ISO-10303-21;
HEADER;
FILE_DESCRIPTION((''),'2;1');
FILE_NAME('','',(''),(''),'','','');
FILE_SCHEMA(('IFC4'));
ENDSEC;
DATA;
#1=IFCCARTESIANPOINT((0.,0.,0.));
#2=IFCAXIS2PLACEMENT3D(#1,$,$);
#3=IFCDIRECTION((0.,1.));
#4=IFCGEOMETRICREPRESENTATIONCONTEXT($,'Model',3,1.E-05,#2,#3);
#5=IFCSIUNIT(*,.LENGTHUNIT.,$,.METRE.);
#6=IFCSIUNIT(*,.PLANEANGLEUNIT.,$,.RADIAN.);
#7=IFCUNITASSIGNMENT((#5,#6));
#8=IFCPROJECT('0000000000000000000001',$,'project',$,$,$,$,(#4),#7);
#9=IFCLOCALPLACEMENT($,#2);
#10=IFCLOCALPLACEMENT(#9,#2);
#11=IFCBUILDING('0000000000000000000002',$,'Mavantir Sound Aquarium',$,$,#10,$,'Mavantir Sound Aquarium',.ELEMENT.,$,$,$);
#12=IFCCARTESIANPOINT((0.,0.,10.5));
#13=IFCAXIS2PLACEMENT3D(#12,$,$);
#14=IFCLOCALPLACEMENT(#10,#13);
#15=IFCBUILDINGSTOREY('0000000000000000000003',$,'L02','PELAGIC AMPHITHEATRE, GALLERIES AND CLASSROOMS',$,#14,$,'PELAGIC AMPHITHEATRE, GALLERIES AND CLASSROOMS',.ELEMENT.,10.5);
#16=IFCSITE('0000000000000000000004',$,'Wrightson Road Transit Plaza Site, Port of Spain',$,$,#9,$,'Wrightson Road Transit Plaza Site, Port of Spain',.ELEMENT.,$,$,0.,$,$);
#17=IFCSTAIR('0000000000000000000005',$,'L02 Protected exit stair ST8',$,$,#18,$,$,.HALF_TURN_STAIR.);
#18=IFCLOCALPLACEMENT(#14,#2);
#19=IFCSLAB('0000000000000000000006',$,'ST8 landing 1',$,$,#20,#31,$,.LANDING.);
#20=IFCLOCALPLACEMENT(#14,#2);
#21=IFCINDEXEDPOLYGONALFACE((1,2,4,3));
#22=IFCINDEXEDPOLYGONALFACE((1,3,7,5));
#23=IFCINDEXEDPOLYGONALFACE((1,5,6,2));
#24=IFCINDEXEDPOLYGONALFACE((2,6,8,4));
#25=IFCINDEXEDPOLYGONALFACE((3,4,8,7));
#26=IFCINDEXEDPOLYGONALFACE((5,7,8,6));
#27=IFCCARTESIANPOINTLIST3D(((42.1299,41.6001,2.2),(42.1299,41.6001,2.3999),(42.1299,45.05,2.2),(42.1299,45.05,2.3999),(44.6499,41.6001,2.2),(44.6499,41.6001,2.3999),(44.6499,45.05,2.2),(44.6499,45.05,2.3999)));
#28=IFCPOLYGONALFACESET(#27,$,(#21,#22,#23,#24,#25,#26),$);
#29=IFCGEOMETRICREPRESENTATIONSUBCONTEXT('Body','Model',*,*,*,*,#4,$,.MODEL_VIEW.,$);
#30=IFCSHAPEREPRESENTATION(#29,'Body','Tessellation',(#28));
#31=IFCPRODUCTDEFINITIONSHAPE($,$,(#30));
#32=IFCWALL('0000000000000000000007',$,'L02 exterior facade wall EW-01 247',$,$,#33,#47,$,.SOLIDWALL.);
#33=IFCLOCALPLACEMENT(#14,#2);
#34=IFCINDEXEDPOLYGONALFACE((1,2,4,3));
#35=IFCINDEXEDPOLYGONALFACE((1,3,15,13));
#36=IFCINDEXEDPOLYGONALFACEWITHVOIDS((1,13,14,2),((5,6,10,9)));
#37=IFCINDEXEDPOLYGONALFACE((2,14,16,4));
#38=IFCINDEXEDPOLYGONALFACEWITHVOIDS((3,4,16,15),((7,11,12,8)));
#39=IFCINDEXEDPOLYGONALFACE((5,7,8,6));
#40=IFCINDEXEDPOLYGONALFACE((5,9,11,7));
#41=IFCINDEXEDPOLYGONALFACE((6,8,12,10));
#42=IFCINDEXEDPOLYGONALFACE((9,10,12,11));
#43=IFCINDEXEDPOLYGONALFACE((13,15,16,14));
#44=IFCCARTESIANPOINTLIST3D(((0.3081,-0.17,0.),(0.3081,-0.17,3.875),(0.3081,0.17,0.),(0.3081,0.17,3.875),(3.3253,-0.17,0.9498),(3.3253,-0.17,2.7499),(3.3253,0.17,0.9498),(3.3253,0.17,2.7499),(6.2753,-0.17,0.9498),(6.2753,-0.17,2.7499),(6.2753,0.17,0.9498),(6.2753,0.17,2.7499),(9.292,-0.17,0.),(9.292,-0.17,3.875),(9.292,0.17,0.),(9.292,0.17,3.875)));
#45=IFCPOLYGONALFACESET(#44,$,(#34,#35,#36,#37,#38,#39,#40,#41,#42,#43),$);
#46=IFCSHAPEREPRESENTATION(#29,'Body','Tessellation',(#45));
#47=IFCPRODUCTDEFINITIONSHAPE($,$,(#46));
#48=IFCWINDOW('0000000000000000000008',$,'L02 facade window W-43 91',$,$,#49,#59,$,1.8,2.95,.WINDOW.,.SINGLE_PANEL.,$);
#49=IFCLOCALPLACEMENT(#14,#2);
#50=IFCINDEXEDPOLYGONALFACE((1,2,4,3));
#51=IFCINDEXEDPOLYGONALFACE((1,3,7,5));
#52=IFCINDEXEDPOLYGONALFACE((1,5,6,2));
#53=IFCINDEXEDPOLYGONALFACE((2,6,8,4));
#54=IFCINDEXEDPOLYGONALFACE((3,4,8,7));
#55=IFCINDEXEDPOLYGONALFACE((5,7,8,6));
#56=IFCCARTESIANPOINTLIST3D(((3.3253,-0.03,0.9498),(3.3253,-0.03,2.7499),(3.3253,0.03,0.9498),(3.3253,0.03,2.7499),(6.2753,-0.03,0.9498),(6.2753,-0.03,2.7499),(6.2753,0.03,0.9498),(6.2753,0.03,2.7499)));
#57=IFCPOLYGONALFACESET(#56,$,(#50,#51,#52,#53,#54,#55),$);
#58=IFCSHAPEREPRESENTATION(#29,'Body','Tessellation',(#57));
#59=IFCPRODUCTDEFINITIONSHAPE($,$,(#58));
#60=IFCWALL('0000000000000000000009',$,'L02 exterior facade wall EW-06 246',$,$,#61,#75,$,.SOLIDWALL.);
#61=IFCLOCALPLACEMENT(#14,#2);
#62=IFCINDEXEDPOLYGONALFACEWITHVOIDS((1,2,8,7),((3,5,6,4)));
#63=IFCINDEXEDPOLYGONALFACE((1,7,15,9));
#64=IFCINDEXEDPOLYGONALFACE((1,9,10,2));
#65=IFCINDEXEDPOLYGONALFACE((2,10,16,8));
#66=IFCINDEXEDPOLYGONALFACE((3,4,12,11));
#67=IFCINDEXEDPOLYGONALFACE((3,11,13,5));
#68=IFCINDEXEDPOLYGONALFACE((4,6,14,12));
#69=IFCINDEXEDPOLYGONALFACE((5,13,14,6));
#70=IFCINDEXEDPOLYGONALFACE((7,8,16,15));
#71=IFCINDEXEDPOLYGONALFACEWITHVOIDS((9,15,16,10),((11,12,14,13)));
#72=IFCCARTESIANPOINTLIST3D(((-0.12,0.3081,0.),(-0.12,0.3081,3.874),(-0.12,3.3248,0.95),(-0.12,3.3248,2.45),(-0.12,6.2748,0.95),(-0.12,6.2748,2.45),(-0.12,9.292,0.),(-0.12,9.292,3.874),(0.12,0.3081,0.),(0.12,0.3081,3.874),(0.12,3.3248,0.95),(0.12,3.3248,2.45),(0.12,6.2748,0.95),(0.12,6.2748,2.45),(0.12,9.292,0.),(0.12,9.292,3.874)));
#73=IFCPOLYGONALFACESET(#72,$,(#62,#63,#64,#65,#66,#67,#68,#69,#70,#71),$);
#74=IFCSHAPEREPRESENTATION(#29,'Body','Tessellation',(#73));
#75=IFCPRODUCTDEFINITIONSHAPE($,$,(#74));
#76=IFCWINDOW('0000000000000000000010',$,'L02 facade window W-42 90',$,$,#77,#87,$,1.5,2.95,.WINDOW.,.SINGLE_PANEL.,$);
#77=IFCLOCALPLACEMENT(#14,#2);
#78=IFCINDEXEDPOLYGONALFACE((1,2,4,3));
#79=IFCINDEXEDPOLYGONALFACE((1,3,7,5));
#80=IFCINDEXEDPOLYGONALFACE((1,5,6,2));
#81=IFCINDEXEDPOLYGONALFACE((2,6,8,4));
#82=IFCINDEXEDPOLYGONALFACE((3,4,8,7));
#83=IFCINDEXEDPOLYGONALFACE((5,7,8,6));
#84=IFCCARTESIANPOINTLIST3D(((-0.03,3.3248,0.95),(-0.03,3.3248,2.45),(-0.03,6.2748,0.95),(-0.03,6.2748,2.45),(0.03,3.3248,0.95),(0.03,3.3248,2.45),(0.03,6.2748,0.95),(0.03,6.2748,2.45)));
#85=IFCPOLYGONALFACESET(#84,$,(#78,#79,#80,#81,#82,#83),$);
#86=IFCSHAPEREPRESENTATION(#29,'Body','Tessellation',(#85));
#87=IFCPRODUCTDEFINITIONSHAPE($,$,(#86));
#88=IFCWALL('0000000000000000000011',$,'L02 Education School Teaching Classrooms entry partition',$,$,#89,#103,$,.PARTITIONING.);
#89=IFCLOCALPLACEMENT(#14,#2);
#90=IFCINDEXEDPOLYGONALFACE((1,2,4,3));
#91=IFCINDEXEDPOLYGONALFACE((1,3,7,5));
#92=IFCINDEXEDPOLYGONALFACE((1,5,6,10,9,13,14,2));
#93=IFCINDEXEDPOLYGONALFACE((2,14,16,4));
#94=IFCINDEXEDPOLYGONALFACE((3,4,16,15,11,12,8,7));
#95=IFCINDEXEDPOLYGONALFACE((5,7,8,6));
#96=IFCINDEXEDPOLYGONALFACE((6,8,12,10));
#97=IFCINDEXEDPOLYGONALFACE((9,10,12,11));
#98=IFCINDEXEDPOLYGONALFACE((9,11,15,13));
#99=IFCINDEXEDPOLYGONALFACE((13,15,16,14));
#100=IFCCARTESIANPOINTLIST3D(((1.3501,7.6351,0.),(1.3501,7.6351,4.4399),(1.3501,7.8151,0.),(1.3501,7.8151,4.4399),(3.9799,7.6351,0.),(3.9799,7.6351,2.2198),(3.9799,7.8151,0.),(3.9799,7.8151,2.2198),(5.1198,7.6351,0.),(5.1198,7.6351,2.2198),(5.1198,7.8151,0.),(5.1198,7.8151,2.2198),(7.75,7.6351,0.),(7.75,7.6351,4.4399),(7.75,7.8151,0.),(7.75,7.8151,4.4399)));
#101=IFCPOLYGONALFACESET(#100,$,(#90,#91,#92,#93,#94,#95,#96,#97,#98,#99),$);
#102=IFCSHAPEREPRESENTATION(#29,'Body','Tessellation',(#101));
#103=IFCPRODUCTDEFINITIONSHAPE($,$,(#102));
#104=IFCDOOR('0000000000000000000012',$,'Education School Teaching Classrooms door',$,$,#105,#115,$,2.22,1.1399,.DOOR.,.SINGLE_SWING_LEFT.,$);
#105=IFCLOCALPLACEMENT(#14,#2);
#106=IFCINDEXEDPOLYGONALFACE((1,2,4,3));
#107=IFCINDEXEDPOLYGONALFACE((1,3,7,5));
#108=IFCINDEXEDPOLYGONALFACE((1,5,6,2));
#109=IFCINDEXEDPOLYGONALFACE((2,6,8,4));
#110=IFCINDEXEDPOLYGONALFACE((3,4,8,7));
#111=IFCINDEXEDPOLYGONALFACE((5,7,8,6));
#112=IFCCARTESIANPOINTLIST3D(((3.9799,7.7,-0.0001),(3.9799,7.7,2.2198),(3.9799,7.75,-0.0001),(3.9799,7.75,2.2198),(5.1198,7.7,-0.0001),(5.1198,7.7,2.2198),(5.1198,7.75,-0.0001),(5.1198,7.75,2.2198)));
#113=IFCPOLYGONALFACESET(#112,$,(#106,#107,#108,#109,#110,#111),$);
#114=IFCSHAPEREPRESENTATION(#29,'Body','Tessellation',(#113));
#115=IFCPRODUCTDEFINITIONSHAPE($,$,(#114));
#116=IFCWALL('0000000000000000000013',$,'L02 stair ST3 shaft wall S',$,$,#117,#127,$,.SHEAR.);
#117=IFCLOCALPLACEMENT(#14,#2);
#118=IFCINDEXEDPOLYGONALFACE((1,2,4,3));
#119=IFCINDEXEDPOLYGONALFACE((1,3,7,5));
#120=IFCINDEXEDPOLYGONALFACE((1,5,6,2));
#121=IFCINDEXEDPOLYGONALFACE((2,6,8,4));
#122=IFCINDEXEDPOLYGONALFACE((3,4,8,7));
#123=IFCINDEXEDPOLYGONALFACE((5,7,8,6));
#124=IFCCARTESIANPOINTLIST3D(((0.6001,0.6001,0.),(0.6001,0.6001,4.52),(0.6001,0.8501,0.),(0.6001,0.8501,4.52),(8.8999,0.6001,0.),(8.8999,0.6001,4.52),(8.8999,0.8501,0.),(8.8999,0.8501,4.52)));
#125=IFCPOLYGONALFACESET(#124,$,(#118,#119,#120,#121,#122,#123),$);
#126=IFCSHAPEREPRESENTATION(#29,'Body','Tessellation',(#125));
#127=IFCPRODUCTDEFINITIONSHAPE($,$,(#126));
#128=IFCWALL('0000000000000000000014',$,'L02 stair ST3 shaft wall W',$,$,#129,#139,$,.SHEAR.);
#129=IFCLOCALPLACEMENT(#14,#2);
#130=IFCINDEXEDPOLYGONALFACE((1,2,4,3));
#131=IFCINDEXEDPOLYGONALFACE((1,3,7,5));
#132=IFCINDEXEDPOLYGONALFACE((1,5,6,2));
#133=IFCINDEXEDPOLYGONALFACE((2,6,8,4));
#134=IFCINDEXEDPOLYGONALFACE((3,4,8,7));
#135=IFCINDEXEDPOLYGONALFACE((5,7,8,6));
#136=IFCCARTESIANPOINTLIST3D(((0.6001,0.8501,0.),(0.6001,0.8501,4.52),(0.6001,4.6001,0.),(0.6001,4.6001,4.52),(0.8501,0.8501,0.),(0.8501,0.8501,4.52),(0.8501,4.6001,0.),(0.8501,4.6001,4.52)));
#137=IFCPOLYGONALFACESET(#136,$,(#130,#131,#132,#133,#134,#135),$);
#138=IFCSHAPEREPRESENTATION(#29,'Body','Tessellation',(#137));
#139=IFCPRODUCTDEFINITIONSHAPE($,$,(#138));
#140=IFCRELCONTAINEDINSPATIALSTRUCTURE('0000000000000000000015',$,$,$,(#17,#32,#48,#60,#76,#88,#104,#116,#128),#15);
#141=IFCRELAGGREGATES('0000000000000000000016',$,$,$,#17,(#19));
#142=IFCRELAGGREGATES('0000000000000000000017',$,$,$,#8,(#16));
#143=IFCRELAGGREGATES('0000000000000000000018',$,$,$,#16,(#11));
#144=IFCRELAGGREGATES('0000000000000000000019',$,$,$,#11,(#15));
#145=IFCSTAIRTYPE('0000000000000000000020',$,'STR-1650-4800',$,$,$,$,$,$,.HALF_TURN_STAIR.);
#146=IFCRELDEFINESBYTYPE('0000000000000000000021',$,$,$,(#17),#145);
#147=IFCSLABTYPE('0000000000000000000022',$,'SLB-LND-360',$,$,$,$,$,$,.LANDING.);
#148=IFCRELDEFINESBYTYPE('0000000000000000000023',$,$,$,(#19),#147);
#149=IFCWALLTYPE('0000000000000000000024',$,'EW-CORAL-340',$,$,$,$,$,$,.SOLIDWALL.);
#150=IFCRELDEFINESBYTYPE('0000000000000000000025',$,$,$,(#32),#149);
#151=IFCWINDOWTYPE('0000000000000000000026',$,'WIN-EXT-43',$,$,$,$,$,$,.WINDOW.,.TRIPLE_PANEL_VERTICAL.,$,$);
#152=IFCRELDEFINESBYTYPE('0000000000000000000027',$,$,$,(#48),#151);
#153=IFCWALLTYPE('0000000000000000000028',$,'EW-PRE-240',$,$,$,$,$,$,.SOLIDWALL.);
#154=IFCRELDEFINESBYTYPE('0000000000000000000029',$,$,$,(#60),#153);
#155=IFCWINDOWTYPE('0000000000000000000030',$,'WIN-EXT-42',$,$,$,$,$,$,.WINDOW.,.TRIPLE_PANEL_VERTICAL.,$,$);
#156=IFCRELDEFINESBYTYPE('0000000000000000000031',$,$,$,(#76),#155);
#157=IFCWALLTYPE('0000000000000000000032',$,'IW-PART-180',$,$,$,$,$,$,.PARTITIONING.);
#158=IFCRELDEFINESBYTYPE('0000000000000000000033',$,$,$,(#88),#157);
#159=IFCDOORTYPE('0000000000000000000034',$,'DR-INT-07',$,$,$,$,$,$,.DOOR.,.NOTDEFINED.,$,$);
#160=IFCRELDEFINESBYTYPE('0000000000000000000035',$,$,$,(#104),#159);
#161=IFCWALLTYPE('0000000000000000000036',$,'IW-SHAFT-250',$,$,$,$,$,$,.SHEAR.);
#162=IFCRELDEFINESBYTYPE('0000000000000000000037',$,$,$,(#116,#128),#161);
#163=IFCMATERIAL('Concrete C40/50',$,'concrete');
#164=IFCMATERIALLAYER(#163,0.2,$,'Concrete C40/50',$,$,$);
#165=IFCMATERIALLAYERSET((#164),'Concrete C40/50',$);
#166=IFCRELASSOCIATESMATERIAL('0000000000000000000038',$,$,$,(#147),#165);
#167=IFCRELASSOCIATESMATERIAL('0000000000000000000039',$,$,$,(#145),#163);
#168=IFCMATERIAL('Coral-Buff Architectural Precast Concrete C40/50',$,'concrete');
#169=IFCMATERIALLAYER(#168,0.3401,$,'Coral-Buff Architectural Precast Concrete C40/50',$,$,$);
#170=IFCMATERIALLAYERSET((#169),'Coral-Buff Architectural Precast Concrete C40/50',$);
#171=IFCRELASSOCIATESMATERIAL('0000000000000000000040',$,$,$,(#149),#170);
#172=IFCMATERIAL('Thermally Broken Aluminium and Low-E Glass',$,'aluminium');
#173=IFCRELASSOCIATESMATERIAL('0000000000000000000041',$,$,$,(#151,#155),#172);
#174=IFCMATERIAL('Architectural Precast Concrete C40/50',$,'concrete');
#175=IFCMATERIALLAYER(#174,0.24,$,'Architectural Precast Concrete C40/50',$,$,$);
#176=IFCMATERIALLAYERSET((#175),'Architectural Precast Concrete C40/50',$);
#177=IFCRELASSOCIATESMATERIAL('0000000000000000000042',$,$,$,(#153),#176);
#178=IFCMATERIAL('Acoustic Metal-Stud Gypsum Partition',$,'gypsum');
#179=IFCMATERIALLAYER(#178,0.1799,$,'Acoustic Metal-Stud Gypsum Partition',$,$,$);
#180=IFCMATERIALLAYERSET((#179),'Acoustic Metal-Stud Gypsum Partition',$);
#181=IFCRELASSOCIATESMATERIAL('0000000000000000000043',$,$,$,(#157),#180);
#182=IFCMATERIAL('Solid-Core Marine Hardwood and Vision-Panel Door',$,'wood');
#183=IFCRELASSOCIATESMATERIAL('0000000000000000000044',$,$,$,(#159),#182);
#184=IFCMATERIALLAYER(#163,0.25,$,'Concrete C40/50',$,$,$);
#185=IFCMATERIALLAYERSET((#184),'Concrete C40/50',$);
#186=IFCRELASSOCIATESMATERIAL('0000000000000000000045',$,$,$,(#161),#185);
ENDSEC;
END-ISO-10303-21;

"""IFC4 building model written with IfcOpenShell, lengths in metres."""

from ifc_helpers import new_model, si_unit, direction, frame, frame_2d, origin, place, context, subcontext, project, spatial, polyline, rectangle, outline, extrude, material, layer, layer_set, type_object, element, fill, aggregate, save


model = new_model("IFC4")

# Units and contexts
model_context = context("Model", 3, precision=1e-05, world=origin(), true_north=direction((0.0, 1.0)))
body_context = subcontext(model_context, "Body", "Model", "MODEL_VIEW")
ifc_project = project(units=[si_unit("LENGTHUNIT", "METRE"), si_unit("PLANEANGLEUNIT", "RADIAN")], contexts=[model_context])

# Site, building, storey
site_placement = place(None, origin())
site = spatial("IfcSite", under=ifc_project, at=site_placement, Name="Wrightson Road Transit Plaza Site, Port of Spain", LongName="Wrightson Road Transit Plaza Site, Port of Spain", CompositionType="ELEMENT", RefElevation=0.0)
building_placement = place(site_placement, origin())
building = spatial("IfcBuilding", under=site, at=building_placement, Name="Mavantir Sound Aquarium", LongName="Mavantir Sound Aquarium", CompositionType="ELEMENT")
storey_placement = place(building_placement, frame((0.0, 0.0, 10.5)))
storey = spatial("IfcBuildingStorey", under=building, at=storey_placement, Name="L02", Description="PELAGIC AMPHITHEATRE, GALLERIES AND CLASSROOMS", LongName="PELAGIC AMPHITHEATRE, GALLERIES AND CLASSROOMS", CompositionType="ELEMENT", Elevation=10.5)

# Shared definitions
ifc_material_1 = material(Name="Concrete C40/50", Category="concrete")

# Stair, slab
ifc_layer_1 = layer(ifc_material_1, 0.2, Name="Concrete C40/50")
ifc_layer_set_1 = layer_set([ifc_layer_1], Name="Concrete C40/50")
slab_type = type_object("IfcSlabType", Name="SLB-LND-360", PredefinedType="LANDING", material=ifc_layer_set_1)
stair_type_1 = type_object("IfcStairType", Name="STR-1650-4800", PredefinedType="HALF_TURN_STAIR", material=ifc_material_1)
stair_1_placement = place(storey_placement, origin())
stair_1 = element("IfcStair", 1, at=stair_1_placement, inside=storey, type_object=stair_type_1, Name="L02 Protected exit stair ST8", PredefinedType="HALF_TURN_STAIR")
slab_1_placement = place(storey_placement, frame((0.0, 0.0, 2.2)))
slab_1 = element("IfcSlab", 2, at=slab_1_placement, type_object=slab_type, Name="ST8 landing 1", PredefinedType="LANDING", context=body_context, shape_type="SweptSolid", body=[
    extrude(outline(polyline([(42.1299, 41.6001), (44.6499, 41.6001), (44.6499, 45.05), (42.1299, 45.05), (42.1299, 41.6001)])), origin(), (0.0, 0.0, 1.0), 0.2),
])
aggregate(stair_1, [slab_1])

# Walls, openings, windows
ifc_material_2 = material(Name="Coral-Buff Architectural Precast Concrete C40/50", Category="concrete")
ifc_layer_2 = layer(ifc_material_2, 0.3401, Name="Coral-Buff Architectural Precast Concrete C40/50")
ifc_layer_set_2 = layer_set([ifc_layer_2], Name="Coral-Buff Architectural Precast Concrete C40/50")
wall_type_1 = type_object("IfcWallType", Name="EW-CORAL-340", PredefinedType="SOLIDWALL", material=ifc_layer_set_2)
wall_1_placement = place(storey_placement, frame((0.3081, 0.0, 0.0), z_axis=(0.0, 0.0, 1.0), x_axis=(1.0, 0.0, 0.0)))
wall_1 = element("IfcWall", 3, at=wall_1_placement, inside=storey, type_object=wall_type_1, Name="L02 exterior facade wall EW-01 247", PredefinedType="SOLIDWALL", context=body_context, shape_type="SweptSolid", body=[
    extrude(rectangle(XDim=8.9839, YDim=0.3401, at=frame_2d((4.4919, 0.0))), origin(), (0.0, 0.0, 1.0), 3.875),
])
opening_1_placement = place(wall_1_placement, frame((3.0171, 0.0, 0.95)))
opening_1 = element("IfcOpeningElement", 4, at=opening_1_placement, cuts=wall_1, PredefinedType="OPENING", context=body_context, shape_type="SweptSolid", body=[
    extrude(rectangle(XDim=2.95, YDim=1.8, at=frame_2d((1.4751, 0.8999))), frame((0.0, 0.1802, 0.0), z_axis=(0.0, -1.0, 0.0), x_axis=(1.0, 0.0, 0.0)), (0.0, 0.0, 1.0), 0.3601),
])
ifc_material_3 = material(Name="Thermally Broken Aluminium and Low-E Glass", Category="aluminium")
window_type_1 = type_object("IfcWindowType", Name="WIN-EXT-43", PartitioningType="TRIPLE_PANEL_VERTICAL", PredefinedType="WINDOW", material=ifc_material_3)
window_1_placement = place(opening_1_placement, origin())
window_1 = element("IfcWindow", 5, at=window_1_placement, inside=storey, type_object=window_type_1, Name="L02 facade window W-43 91", OverallHeight=1.8, OverallWidth=2.95, PartitioningType="SINGLE_PANEL", PredefinedType="WINDOW", context=body_context, shape_type="SweptSolid", body=[
    extrude(rectangle(XDim=2.95, YDim=1.8, at=frame_2d((1.4751, 0.8999))), frame((0.0, 0.03, 0.0), z_axis=(0.0, -1.0, 0.0), x_axis=(1.0, 0.0, 0.0)), (0.0, 0.0, 1.0), 0.0601),
])
fill(opening_1, window_1)
ifc_material_4 = material(Name="Architectural Precast Concrete C40/50", Category="concrete")
ifc_layer_3 = layer(ifc_material_4, 0.24, Name="Architectural Precast Concrete C40/50")
ifc_layer_set_3 = layer_set([ifc_layer_3], Name="Architectural Precast Concrete C40/50")
wall_type_2 = type_object("IfcWallType", Name="EW-PRE-240", PredefinedType="SOLIDWALL", material=ifc_layer_set_3)
wall_2_placement = place(storey_placement, frame((0.0, 9.292, 0.0), z_axis=(0.0, 0.0, 1.0), x_axis=(0.0, -1.0, 0.0)))
wall_2 = element("IfcWall", 6, at=wall_2_placement, inside=storey, type_object=wall_type_2, Name="L02 exterior facade wall EW-06 246", PredefinedType="SOLIDWALL", context=body_context, shape_type="SweptSolid", body=[
    extrude(rectangle(XDim=8.9839, YDim=0.24, at=frame_2d((4.4919, 0.0))), origin(), (0.0, 0.0, 1.0), 3.874),
])
opening_2_placement = place(wall_2_placement, frame((3.0171, 0.0, 0.95)))
opening_2 = element("IfcOpeningElement", 7, at=opening_2_placement, cuts=wall_2, PredefinedType="OPENING", context=body_context, shape_type="SweptSolid", body=[
    extrude(rectangle(XDim=2.95, YDim=1.5, at=frame_2d((1.4751, 0.75))), frame((0.0, 0.1299, 0.0), z_axis=(0.0, -1.0, 0.0), x_axis=(1.0, 0.0, 0.0)), (0.0, 0.0, 1.0), 0.26),
])
window_type_2 = type_object("IfcWindowType", Name="WIN-EXT-42", PartitioningType="TRIPLE_PANEL_VERTICAL", PredefinedType="WINDOW", material=ifc_material_3)
window_2_placement = place(opening_2_placement, origin())
window_2 = element("IfcWindow", 8, at=window_2_placement, inside=storey, type_object=window_type_2, Name="L02 facade window W-42 90", OverallHeight=1.5, OverallWidth=2.95, PartitioningType="SINGLE_PANEL", PredefinedType="WINDOW", context=body_context, shape_type="SweptSolid", body=[
    extrude(rectangle(XDim=2.95, YDim=1.5, at=frame_2d((1.4751, 0.75))), frame((0.0, 0.03, 0.0), z_axis=(0.0, -1.0, 0.0), x_axis=(1.0, 0.0, 0.0)), (0.0, 0.0, 1.0), 0.0601),
])
fill(opening_2, window_2)

# Wall, opening, door
ifc_material_5 = material(Name="Acoustic Metal-Stud Gypsum Partition", Category="gypsum")
ifc_layer_4 = layer(ifc_material_5, 0.1799, Name="Acoustic Metal-Stud Gypsum Partition")
ifc_layer_set_4 = layer_set([ifc_layer_4], Name="Acoustic Metal-Stud Gypsum Partition")
wall_type_3 = type_object("IfcWallType", Name="IW-PART-180", PredefinedType="PARTITIONING", material=ifc_layer_set_4)
wall_3_placement = place(storey_placement, frame((1.3501, 7.7251, 0.0), z_axis=(0.0, 0.0, 1.0), x_axis=(1.0, 0.0, 0.0)))
wall_3 = element("IfcWall", 9, at=wall_3_placement, inside=storey, type_object=wall_type_3, Name="L02 Education School Teaching Classrooms entry partition", PredefinedType="PARTITIONING", context=body_context, shape_type="SweptSolid", body=[
    extrude(rectangle(XDim=6.3999, YDim=0.1799, at=frame_2d((3.2, 0.0))), origin(), (0.0, 0.0, 1.0), 4.4399),
])
opening_3_placement = place(wall_3_placement, frame((2.6299, 0.0, 0.0)))
opening_3 = element("IfcOpeningElement", 10, at=opening_3_placement, cuts=wall_3, PredefinedType="OPENING", context=body_context, shape_type="SweptSolid", body=[
    extrude(rectangle(XDim=1.1399, YDim=2.22, at=frame_2d((0.5698, 1.1099))), frame((0.0, 0.1001, 0.0), z_axis=(0.0, -1.0, 0.0), x_axis=(1.0, 0.0, 0.0)), (0.0, 0.0, 1.0), 0.2),
])
ifc_material_6 = material(Name="Solid-Core Marine Hardwood and Vision-Panel Door", Category="wood")
door_type = type_object("IfcDoorType", Name="DR-INT-07", OperationType="NOTDEFINED", PredefinedType="DOOR", material=ifc_material_6)
door_placement = place(opening_3_placement, origin())
door = element("IfcDoor", 11, at=door_placement, inside=storey, type_object=door_type, Name="Education School Teaching Classrooms door", OperationType="SINGLE_SWING_LEFT", OverallHeight=2.22, OverallWidth=1.1399, PredefinedType="DOOR", context=body_context, shape_type="SweptSolid", body=[
    extrude(rectangle(XDim=1.1399, YDim=2.22, at=frame_2d((0.5698, 1.1099))), frame((0.0, 0.0249, 0.0), z_axis=(0.0, -1.0, 0.0), x_axis=(1.0, 0.0, 0.0)), (0.0, 0.0, 1.0), 0.05),
])
fill(opening_3, door)

# Walls
ifc_layer_5 = layer(ifc_material_1, 0.25, Name="Concrete C40/50")
ifc_layer_set_5 = layer_set([ifc_layer_5], Name="Concrete C40/50")
wall_type_4 = type_object("IfcWallType", Name="IW-SHAFT-250", PredefinedType="SHEAR", material=ifc_layer_set_5)
wall_4_placement = place(storey_placement, frame((0.6001, 0.7251, 0.0), z_axis=(0.0, 0.0, 1.0), x_axis=(1.0, 0.0, 0.0)))
element("IfcWall", 12, at=wall_4_placement, inside=storey, type_object=wall_type_4, Name="L02 stair ST3 shaft wall S", PredefinedType="SHEAR", context=body_context, shape_type="SweptSolid", body=[
    extrude(rectangle(XDim=8.2998, YDim=0.25, at=frame_2d((4.1499, 0.0))), origin(), (0.0, 0.0, 1.0), 4.52),
])
wall_5_placement = place(storey_placement, frame((0.7251, 4.6001, 0.0), z_axis=(0.0, 0.0, 1.0), x_axis=(0.0, -1.0, 0.0)))
element("IfcWall", 13, at=wall_5_placement, inside=storey, type_object=wall_type_4, Name="L02 stair ST3 shaft wall W", PredefinedType="SHEAR", context=body_context, shape_type="SweptSolid", body=[
    extrude(rectangle(XDim=3.75, YDim=0.25, at=frame_2d((1.875, 0.0))), origin(), (0.0, 0.0, 1.0), 4.52),
])

save(model, "model.ifc")
